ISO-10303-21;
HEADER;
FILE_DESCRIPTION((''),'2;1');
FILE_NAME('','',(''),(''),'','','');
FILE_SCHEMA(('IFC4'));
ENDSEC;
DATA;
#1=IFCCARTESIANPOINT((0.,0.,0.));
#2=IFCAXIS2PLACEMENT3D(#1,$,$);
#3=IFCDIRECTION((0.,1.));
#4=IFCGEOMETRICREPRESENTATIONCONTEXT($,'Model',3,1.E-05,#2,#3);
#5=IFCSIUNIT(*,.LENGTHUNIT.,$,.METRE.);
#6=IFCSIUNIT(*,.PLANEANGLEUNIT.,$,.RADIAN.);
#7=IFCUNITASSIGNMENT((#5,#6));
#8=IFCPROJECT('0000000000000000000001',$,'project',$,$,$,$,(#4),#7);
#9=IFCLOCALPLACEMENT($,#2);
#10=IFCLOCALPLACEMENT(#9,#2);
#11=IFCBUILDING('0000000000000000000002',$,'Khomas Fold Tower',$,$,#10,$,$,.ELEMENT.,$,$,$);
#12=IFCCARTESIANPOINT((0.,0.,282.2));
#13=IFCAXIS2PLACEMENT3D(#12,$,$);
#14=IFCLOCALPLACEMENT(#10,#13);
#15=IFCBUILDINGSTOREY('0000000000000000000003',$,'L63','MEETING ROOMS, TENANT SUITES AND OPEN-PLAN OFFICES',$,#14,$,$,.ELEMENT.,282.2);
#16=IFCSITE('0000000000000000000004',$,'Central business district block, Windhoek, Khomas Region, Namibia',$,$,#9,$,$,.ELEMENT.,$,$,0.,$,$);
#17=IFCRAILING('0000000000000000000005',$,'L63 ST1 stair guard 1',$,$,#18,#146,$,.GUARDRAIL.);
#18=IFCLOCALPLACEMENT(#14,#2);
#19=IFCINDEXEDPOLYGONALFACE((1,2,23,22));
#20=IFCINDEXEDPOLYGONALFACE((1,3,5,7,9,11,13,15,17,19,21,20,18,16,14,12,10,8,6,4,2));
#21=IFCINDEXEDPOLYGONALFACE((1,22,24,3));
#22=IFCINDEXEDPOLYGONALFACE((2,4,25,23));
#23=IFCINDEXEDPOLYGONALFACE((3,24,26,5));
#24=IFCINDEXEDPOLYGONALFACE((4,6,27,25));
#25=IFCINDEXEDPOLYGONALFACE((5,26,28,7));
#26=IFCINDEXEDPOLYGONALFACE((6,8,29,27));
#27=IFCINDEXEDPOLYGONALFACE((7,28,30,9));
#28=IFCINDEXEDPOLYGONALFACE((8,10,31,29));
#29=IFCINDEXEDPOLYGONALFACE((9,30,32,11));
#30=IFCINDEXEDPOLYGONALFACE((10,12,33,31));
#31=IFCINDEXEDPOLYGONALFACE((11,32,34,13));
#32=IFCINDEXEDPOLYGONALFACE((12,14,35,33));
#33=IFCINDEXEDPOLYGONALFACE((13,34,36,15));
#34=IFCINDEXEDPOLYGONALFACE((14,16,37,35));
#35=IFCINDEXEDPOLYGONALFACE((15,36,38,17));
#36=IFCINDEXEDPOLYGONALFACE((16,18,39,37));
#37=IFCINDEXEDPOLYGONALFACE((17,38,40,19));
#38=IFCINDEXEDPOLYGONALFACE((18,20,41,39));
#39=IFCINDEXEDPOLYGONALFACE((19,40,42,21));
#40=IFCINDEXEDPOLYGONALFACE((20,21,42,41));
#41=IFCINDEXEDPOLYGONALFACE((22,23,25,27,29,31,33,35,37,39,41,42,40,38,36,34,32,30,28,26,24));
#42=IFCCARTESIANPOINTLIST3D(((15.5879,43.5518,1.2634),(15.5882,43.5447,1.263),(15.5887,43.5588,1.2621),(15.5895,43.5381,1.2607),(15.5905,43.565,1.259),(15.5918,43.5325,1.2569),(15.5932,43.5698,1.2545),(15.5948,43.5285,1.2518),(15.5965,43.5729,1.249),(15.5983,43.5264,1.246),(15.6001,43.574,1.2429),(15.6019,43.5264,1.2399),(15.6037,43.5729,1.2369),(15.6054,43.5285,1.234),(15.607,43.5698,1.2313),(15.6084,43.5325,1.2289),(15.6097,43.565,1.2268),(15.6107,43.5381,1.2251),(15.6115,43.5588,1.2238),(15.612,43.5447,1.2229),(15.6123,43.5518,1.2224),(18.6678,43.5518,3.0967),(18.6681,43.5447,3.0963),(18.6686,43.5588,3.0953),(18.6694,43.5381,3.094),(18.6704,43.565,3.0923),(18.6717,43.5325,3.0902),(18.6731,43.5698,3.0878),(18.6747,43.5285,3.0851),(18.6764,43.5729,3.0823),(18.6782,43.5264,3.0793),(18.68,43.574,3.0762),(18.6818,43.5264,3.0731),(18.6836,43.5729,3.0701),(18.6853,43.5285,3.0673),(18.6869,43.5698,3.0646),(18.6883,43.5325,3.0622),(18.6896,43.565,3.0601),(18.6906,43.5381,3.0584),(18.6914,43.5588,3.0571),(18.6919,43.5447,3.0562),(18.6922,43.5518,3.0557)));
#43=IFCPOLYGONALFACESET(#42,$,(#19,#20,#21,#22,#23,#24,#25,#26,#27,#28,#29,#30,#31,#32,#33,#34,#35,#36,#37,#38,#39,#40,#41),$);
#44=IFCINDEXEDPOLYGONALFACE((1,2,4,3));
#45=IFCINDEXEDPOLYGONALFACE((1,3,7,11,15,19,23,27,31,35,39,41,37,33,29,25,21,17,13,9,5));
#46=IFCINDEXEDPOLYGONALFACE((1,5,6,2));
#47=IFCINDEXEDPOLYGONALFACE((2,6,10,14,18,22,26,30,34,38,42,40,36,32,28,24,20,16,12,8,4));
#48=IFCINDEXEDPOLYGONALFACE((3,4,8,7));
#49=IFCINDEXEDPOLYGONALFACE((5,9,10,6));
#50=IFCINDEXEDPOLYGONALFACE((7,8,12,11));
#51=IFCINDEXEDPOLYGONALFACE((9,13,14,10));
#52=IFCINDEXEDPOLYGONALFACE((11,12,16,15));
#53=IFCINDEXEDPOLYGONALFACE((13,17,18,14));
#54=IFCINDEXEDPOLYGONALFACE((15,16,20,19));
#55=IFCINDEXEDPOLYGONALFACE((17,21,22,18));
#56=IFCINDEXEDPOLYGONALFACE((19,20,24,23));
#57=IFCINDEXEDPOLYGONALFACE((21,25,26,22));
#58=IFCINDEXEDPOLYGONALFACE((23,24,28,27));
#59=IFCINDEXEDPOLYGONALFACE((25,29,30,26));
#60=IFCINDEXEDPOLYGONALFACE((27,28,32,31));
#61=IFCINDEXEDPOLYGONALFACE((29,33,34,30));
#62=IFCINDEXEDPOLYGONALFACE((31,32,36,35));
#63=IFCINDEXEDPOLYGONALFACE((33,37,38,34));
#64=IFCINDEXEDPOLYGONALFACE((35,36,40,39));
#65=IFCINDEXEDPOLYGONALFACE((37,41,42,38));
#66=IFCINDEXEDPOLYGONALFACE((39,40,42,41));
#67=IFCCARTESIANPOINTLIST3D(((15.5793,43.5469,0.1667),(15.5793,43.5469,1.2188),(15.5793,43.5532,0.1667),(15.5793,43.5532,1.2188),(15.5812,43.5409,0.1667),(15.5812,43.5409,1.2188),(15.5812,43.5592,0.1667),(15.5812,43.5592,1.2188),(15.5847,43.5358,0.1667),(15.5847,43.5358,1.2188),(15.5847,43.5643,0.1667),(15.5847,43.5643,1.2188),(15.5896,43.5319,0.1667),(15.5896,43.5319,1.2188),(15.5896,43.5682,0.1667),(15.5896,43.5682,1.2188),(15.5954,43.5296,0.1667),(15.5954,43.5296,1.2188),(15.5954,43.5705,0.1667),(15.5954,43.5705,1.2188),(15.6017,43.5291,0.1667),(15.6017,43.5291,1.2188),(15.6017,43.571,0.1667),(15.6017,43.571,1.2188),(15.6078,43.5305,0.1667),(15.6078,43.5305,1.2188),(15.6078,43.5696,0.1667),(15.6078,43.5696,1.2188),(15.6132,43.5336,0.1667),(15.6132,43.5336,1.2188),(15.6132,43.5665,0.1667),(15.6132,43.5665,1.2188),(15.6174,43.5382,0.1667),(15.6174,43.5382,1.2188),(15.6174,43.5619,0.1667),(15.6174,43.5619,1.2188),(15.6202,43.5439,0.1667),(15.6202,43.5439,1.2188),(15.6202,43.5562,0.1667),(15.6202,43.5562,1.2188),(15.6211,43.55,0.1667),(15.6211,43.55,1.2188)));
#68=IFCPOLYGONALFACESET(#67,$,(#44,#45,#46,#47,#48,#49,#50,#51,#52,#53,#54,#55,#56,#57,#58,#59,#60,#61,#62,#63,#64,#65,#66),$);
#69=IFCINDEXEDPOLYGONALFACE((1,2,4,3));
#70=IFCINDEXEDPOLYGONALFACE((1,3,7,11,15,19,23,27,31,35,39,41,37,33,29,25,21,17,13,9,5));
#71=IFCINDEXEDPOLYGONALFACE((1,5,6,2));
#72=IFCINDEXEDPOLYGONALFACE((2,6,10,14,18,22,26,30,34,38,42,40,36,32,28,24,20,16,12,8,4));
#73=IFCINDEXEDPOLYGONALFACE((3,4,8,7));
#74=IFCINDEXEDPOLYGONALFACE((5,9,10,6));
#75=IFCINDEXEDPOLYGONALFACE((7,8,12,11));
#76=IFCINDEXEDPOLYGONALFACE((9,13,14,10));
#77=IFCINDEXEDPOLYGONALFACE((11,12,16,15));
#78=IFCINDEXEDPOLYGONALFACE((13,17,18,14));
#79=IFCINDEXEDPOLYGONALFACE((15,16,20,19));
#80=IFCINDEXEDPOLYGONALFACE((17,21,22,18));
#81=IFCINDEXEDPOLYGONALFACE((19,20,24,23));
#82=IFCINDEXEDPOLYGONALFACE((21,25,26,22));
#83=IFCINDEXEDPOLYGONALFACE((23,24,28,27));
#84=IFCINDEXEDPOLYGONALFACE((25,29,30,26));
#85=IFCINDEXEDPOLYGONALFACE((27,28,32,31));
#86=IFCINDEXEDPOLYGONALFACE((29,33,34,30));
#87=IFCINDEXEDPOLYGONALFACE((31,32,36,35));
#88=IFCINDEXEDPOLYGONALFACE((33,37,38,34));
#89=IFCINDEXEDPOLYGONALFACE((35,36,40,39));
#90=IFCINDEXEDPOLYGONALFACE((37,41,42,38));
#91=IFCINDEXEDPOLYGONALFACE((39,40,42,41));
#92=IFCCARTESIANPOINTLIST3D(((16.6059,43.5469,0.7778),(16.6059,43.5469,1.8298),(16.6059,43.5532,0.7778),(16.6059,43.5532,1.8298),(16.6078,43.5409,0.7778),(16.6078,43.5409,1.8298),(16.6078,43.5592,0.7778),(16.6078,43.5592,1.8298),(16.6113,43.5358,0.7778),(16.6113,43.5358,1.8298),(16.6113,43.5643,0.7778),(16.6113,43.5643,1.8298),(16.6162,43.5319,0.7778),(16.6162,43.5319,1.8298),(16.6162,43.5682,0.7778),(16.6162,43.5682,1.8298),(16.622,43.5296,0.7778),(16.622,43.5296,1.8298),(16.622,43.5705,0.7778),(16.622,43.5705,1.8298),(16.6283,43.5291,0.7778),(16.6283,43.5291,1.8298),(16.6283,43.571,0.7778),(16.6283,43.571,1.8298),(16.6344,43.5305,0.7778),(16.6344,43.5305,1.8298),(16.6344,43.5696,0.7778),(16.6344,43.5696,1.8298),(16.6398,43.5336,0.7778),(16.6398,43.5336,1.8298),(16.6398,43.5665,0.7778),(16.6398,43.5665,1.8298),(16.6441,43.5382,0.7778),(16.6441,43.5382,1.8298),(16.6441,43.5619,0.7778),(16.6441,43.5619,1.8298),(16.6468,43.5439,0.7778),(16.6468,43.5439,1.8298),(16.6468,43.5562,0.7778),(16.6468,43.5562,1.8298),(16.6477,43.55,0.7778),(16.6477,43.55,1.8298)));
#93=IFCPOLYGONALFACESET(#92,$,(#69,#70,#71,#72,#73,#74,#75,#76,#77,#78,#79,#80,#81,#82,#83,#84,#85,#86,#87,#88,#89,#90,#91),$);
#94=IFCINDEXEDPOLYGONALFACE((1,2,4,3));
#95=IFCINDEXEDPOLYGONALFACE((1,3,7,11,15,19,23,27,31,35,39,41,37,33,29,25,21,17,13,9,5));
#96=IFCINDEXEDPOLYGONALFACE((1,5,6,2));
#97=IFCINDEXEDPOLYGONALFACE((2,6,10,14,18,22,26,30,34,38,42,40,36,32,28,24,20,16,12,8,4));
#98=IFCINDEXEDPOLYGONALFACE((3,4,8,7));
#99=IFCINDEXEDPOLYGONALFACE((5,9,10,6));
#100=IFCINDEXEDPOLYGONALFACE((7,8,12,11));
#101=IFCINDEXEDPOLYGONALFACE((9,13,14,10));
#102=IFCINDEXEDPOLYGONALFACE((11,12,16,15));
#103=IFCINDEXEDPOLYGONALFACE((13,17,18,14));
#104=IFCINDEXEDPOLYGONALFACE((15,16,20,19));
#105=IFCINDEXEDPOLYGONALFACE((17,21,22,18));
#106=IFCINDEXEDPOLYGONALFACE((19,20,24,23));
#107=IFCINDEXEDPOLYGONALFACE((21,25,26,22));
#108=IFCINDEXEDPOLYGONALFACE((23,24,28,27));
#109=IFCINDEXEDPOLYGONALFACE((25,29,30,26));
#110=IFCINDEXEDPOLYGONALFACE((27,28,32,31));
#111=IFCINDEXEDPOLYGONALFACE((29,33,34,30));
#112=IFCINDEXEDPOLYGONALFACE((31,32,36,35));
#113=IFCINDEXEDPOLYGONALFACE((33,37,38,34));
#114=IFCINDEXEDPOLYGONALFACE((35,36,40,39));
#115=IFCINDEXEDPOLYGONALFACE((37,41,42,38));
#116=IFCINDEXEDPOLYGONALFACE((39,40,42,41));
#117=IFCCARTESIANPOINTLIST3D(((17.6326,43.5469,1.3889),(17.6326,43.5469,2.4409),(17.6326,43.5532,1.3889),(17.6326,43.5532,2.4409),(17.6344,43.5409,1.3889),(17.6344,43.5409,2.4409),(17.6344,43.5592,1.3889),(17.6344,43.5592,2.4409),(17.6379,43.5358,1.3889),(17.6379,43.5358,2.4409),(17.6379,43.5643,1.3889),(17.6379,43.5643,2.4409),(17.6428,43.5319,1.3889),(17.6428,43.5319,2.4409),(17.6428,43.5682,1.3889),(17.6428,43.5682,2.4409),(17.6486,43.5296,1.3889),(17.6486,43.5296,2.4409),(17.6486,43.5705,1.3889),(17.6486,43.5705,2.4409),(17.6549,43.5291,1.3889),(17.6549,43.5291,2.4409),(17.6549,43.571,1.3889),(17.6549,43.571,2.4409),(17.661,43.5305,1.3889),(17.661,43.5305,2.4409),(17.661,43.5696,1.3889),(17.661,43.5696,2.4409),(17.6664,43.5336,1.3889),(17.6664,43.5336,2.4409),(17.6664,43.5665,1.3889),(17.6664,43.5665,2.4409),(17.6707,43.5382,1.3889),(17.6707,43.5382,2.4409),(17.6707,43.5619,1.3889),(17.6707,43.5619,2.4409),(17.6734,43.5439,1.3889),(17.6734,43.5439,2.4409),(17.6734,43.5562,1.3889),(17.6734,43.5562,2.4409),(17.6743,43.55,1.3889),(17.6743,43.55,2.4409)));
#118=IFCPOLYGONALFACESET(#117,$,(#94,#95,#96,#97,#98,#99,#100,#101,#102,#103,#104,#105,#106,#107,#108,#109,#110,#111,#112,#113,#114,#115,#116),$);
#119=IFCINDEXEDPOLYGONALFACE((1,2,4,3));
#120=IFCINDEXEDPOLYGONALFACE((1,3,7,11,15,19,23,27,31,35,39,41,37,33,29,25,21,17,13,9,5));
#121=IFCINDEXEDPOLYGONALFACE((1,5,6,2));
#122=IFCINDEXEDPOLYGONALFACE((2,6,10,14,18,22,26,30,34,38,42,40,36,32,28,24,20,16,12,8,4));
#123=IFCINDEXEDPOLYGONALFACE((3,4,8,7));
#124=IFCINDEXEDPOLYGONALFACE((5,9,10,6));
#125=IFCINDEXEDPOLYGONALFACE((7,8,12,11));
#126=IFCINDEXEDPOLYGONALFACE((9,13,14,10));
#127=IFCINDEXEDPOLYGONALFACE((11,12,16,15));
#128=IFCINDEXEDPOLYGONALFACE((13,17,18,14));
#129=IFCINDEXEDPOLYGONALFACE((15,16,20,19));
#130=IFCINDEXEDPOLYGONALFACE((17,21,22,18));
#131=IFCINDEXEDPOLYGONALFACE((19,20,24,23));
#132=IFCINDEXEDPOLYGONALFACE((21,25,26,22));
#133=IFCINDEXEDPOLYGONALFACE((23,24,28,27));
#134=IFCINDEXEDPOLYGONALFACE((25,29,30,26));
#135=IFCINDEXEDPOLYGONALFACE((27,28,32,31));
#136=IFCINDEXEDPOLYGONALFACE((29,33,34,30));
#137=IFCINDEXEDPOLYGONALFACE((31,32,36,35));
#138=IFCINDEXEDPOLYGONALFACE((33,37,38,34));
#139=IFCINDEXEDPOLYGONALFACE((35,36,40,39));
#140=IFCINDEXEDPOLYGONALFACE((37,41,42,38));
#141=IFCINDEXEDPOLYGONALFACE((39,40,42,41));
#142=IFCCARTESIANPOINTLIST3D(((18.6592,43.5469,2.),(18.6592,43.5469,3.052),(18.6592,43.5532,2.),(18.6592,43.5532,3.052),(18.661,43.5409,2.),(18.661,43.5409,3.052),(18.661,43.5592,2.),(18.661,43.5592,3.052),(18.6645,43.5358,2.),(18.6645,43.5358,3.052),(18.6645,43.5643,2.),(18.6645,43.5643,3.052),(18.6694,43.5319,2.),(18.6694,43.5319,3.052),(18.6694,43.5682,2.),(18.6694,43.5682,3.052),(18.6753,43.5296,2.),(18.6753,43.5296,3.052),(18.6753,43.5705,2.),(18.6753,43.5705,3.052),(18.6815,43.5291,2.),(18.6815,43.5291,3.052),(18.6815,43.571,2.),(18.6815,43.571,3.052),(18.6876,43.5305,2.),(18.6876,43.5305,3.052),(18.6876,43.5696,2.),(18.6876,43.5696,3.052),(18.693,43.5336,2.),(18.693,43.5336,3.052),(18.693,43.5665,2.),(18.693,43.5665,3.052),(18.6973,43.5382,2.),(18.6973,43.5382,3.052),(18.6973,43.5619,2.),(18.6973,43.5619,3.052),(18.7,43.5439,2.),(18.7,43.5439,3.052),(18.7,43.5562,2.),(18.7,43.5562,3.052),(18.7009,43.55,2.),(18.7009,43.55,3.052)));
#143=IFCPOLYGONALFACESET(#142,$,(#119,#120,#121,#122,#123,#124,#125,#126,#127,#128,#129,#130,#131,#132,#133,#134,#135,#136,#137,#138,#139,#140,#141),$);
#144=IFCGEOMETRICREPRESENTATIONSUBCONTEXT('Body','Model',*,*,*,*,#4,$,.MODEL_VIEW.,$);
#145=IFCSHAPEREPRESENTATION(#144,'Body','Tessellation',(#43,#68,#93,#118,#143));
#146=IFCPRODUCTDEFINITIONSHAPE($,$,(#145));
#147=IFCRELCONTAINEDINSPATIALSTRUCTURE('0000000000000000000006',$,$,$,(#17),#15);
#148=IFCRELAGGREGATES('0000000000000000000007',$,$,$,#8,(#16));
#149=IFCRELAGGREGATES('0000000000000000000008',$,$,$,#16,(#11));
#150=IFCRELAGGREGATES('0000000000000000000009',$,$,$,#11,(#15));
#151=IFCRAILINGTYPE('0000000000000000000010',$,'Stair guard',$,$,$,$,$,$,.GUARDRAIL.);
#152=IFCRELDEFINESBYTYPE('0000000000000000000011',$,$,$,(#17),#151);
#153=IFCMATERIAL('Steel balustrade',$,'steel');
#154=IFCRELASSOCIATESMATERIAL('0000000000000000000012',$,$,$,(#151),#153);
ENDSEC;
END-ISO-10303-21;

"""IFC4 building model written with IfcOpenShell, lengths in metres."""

from ifc_helpers import new_model, si_unit, direction, frame, origin, origin_2d, place, context, subcontext, project, spatial, circle, extrude, source, transform, mapped, material, type_object, element, save


model = new_model("IFC4")

# Units and contexts
model_context = context("Model", 3, precision=1e-05, world=origin(), true_north=direction((0.0, 1.0)))
body_context = subcontext(model_context, "Body", "Model", "MODEL_VIEW")
ifc_project = project(units=[si_unit("LENGTHUNIT", "METRE"), si_unit("PLANEANGLEUNIT", "RADIAN")], contexts=[model_context])

# Site, building, storey
site_placement = place(None, origin())
site = spatial("IfcSite", under=ifc_project, at=site_placement, Name="Central business district block, Windhoek, Khomas Region, Namibia", CompositionType="ELEMENT", RefElevation=0.0)
building_placement = place(site_placement, origin())
building = spatial("IfcBuilding", under=site, at=building_placement, Name="Khomas Fold Tower", CompositionType="ELEMENT")
storey_placement = place(building_placement, frame((0.0, 0.0, 282.2)))
storey = spatial("IfcBuildingStorey", under=building, at=storey_placement, Name="L63", Description="MEETING ROOMS, TENANT SUITES AND OPEN-PLAN OFFICES", CompositionType="ELEMENT", Elevation=282.2)

# Railing
ifc_material_1 = material(Name="Steel balustrade", Category="steel")
railing_type_1 = type_object("IfcRailingType", Name="Stair guard", PredefinedType="GUARDRAIL", material=ifc_material_1)
shared_shape_1 = source(origin(), body_context, "Body", "SweptSolid", [
    extrude(circle(Radius=0.0239, at=origin_2d()), frame((0.0, 0.0, 1.0762), z_axis=(0.859291, 0.0, 0.511487), x_axis=(0.0, 1.0, 0.0)), (0.0, 0.0, 1.0), 3.5842),
    extrude(circle(Radius=0.021, at=origin_2d()), origin(), (0.0, 0.0, 1.0), 1.052),
    extrude(circle(Radius=0.021, at=origin_2d()), frame((1.0266, 0.0, 0.6111)), (0.0, 0.0, 1.0), 1.052),
    extrude(circle(Radius=0.021, at=origin_2d()), frame((2.0532, 0.0, 1.2222)), (0.0, 0.0, 1.0), 1.052),
    extrude(circle(Radius=0.021, at=origin_2d()), frame((3.0798, 0.0, 1.8333)), (0.0, 0.0, 1.0), 1.052),
])
railing_1_placement = place(storey_placement, frame((15.6001, 43.55, 0.1667)))
element("IfcRailing", 1, at=railing_1_placement, inside=storey, type_object=railing_type_1, Name="L63 ST1 stair guard 1", PredefinedType="GUARDRAIL", context=body_context, shape_type="MappedRepresentation", body=[
    mapped(shared_shape_1, transform((0.0, 0.0, 0.0))),
])

save(model, "model.ifc")
